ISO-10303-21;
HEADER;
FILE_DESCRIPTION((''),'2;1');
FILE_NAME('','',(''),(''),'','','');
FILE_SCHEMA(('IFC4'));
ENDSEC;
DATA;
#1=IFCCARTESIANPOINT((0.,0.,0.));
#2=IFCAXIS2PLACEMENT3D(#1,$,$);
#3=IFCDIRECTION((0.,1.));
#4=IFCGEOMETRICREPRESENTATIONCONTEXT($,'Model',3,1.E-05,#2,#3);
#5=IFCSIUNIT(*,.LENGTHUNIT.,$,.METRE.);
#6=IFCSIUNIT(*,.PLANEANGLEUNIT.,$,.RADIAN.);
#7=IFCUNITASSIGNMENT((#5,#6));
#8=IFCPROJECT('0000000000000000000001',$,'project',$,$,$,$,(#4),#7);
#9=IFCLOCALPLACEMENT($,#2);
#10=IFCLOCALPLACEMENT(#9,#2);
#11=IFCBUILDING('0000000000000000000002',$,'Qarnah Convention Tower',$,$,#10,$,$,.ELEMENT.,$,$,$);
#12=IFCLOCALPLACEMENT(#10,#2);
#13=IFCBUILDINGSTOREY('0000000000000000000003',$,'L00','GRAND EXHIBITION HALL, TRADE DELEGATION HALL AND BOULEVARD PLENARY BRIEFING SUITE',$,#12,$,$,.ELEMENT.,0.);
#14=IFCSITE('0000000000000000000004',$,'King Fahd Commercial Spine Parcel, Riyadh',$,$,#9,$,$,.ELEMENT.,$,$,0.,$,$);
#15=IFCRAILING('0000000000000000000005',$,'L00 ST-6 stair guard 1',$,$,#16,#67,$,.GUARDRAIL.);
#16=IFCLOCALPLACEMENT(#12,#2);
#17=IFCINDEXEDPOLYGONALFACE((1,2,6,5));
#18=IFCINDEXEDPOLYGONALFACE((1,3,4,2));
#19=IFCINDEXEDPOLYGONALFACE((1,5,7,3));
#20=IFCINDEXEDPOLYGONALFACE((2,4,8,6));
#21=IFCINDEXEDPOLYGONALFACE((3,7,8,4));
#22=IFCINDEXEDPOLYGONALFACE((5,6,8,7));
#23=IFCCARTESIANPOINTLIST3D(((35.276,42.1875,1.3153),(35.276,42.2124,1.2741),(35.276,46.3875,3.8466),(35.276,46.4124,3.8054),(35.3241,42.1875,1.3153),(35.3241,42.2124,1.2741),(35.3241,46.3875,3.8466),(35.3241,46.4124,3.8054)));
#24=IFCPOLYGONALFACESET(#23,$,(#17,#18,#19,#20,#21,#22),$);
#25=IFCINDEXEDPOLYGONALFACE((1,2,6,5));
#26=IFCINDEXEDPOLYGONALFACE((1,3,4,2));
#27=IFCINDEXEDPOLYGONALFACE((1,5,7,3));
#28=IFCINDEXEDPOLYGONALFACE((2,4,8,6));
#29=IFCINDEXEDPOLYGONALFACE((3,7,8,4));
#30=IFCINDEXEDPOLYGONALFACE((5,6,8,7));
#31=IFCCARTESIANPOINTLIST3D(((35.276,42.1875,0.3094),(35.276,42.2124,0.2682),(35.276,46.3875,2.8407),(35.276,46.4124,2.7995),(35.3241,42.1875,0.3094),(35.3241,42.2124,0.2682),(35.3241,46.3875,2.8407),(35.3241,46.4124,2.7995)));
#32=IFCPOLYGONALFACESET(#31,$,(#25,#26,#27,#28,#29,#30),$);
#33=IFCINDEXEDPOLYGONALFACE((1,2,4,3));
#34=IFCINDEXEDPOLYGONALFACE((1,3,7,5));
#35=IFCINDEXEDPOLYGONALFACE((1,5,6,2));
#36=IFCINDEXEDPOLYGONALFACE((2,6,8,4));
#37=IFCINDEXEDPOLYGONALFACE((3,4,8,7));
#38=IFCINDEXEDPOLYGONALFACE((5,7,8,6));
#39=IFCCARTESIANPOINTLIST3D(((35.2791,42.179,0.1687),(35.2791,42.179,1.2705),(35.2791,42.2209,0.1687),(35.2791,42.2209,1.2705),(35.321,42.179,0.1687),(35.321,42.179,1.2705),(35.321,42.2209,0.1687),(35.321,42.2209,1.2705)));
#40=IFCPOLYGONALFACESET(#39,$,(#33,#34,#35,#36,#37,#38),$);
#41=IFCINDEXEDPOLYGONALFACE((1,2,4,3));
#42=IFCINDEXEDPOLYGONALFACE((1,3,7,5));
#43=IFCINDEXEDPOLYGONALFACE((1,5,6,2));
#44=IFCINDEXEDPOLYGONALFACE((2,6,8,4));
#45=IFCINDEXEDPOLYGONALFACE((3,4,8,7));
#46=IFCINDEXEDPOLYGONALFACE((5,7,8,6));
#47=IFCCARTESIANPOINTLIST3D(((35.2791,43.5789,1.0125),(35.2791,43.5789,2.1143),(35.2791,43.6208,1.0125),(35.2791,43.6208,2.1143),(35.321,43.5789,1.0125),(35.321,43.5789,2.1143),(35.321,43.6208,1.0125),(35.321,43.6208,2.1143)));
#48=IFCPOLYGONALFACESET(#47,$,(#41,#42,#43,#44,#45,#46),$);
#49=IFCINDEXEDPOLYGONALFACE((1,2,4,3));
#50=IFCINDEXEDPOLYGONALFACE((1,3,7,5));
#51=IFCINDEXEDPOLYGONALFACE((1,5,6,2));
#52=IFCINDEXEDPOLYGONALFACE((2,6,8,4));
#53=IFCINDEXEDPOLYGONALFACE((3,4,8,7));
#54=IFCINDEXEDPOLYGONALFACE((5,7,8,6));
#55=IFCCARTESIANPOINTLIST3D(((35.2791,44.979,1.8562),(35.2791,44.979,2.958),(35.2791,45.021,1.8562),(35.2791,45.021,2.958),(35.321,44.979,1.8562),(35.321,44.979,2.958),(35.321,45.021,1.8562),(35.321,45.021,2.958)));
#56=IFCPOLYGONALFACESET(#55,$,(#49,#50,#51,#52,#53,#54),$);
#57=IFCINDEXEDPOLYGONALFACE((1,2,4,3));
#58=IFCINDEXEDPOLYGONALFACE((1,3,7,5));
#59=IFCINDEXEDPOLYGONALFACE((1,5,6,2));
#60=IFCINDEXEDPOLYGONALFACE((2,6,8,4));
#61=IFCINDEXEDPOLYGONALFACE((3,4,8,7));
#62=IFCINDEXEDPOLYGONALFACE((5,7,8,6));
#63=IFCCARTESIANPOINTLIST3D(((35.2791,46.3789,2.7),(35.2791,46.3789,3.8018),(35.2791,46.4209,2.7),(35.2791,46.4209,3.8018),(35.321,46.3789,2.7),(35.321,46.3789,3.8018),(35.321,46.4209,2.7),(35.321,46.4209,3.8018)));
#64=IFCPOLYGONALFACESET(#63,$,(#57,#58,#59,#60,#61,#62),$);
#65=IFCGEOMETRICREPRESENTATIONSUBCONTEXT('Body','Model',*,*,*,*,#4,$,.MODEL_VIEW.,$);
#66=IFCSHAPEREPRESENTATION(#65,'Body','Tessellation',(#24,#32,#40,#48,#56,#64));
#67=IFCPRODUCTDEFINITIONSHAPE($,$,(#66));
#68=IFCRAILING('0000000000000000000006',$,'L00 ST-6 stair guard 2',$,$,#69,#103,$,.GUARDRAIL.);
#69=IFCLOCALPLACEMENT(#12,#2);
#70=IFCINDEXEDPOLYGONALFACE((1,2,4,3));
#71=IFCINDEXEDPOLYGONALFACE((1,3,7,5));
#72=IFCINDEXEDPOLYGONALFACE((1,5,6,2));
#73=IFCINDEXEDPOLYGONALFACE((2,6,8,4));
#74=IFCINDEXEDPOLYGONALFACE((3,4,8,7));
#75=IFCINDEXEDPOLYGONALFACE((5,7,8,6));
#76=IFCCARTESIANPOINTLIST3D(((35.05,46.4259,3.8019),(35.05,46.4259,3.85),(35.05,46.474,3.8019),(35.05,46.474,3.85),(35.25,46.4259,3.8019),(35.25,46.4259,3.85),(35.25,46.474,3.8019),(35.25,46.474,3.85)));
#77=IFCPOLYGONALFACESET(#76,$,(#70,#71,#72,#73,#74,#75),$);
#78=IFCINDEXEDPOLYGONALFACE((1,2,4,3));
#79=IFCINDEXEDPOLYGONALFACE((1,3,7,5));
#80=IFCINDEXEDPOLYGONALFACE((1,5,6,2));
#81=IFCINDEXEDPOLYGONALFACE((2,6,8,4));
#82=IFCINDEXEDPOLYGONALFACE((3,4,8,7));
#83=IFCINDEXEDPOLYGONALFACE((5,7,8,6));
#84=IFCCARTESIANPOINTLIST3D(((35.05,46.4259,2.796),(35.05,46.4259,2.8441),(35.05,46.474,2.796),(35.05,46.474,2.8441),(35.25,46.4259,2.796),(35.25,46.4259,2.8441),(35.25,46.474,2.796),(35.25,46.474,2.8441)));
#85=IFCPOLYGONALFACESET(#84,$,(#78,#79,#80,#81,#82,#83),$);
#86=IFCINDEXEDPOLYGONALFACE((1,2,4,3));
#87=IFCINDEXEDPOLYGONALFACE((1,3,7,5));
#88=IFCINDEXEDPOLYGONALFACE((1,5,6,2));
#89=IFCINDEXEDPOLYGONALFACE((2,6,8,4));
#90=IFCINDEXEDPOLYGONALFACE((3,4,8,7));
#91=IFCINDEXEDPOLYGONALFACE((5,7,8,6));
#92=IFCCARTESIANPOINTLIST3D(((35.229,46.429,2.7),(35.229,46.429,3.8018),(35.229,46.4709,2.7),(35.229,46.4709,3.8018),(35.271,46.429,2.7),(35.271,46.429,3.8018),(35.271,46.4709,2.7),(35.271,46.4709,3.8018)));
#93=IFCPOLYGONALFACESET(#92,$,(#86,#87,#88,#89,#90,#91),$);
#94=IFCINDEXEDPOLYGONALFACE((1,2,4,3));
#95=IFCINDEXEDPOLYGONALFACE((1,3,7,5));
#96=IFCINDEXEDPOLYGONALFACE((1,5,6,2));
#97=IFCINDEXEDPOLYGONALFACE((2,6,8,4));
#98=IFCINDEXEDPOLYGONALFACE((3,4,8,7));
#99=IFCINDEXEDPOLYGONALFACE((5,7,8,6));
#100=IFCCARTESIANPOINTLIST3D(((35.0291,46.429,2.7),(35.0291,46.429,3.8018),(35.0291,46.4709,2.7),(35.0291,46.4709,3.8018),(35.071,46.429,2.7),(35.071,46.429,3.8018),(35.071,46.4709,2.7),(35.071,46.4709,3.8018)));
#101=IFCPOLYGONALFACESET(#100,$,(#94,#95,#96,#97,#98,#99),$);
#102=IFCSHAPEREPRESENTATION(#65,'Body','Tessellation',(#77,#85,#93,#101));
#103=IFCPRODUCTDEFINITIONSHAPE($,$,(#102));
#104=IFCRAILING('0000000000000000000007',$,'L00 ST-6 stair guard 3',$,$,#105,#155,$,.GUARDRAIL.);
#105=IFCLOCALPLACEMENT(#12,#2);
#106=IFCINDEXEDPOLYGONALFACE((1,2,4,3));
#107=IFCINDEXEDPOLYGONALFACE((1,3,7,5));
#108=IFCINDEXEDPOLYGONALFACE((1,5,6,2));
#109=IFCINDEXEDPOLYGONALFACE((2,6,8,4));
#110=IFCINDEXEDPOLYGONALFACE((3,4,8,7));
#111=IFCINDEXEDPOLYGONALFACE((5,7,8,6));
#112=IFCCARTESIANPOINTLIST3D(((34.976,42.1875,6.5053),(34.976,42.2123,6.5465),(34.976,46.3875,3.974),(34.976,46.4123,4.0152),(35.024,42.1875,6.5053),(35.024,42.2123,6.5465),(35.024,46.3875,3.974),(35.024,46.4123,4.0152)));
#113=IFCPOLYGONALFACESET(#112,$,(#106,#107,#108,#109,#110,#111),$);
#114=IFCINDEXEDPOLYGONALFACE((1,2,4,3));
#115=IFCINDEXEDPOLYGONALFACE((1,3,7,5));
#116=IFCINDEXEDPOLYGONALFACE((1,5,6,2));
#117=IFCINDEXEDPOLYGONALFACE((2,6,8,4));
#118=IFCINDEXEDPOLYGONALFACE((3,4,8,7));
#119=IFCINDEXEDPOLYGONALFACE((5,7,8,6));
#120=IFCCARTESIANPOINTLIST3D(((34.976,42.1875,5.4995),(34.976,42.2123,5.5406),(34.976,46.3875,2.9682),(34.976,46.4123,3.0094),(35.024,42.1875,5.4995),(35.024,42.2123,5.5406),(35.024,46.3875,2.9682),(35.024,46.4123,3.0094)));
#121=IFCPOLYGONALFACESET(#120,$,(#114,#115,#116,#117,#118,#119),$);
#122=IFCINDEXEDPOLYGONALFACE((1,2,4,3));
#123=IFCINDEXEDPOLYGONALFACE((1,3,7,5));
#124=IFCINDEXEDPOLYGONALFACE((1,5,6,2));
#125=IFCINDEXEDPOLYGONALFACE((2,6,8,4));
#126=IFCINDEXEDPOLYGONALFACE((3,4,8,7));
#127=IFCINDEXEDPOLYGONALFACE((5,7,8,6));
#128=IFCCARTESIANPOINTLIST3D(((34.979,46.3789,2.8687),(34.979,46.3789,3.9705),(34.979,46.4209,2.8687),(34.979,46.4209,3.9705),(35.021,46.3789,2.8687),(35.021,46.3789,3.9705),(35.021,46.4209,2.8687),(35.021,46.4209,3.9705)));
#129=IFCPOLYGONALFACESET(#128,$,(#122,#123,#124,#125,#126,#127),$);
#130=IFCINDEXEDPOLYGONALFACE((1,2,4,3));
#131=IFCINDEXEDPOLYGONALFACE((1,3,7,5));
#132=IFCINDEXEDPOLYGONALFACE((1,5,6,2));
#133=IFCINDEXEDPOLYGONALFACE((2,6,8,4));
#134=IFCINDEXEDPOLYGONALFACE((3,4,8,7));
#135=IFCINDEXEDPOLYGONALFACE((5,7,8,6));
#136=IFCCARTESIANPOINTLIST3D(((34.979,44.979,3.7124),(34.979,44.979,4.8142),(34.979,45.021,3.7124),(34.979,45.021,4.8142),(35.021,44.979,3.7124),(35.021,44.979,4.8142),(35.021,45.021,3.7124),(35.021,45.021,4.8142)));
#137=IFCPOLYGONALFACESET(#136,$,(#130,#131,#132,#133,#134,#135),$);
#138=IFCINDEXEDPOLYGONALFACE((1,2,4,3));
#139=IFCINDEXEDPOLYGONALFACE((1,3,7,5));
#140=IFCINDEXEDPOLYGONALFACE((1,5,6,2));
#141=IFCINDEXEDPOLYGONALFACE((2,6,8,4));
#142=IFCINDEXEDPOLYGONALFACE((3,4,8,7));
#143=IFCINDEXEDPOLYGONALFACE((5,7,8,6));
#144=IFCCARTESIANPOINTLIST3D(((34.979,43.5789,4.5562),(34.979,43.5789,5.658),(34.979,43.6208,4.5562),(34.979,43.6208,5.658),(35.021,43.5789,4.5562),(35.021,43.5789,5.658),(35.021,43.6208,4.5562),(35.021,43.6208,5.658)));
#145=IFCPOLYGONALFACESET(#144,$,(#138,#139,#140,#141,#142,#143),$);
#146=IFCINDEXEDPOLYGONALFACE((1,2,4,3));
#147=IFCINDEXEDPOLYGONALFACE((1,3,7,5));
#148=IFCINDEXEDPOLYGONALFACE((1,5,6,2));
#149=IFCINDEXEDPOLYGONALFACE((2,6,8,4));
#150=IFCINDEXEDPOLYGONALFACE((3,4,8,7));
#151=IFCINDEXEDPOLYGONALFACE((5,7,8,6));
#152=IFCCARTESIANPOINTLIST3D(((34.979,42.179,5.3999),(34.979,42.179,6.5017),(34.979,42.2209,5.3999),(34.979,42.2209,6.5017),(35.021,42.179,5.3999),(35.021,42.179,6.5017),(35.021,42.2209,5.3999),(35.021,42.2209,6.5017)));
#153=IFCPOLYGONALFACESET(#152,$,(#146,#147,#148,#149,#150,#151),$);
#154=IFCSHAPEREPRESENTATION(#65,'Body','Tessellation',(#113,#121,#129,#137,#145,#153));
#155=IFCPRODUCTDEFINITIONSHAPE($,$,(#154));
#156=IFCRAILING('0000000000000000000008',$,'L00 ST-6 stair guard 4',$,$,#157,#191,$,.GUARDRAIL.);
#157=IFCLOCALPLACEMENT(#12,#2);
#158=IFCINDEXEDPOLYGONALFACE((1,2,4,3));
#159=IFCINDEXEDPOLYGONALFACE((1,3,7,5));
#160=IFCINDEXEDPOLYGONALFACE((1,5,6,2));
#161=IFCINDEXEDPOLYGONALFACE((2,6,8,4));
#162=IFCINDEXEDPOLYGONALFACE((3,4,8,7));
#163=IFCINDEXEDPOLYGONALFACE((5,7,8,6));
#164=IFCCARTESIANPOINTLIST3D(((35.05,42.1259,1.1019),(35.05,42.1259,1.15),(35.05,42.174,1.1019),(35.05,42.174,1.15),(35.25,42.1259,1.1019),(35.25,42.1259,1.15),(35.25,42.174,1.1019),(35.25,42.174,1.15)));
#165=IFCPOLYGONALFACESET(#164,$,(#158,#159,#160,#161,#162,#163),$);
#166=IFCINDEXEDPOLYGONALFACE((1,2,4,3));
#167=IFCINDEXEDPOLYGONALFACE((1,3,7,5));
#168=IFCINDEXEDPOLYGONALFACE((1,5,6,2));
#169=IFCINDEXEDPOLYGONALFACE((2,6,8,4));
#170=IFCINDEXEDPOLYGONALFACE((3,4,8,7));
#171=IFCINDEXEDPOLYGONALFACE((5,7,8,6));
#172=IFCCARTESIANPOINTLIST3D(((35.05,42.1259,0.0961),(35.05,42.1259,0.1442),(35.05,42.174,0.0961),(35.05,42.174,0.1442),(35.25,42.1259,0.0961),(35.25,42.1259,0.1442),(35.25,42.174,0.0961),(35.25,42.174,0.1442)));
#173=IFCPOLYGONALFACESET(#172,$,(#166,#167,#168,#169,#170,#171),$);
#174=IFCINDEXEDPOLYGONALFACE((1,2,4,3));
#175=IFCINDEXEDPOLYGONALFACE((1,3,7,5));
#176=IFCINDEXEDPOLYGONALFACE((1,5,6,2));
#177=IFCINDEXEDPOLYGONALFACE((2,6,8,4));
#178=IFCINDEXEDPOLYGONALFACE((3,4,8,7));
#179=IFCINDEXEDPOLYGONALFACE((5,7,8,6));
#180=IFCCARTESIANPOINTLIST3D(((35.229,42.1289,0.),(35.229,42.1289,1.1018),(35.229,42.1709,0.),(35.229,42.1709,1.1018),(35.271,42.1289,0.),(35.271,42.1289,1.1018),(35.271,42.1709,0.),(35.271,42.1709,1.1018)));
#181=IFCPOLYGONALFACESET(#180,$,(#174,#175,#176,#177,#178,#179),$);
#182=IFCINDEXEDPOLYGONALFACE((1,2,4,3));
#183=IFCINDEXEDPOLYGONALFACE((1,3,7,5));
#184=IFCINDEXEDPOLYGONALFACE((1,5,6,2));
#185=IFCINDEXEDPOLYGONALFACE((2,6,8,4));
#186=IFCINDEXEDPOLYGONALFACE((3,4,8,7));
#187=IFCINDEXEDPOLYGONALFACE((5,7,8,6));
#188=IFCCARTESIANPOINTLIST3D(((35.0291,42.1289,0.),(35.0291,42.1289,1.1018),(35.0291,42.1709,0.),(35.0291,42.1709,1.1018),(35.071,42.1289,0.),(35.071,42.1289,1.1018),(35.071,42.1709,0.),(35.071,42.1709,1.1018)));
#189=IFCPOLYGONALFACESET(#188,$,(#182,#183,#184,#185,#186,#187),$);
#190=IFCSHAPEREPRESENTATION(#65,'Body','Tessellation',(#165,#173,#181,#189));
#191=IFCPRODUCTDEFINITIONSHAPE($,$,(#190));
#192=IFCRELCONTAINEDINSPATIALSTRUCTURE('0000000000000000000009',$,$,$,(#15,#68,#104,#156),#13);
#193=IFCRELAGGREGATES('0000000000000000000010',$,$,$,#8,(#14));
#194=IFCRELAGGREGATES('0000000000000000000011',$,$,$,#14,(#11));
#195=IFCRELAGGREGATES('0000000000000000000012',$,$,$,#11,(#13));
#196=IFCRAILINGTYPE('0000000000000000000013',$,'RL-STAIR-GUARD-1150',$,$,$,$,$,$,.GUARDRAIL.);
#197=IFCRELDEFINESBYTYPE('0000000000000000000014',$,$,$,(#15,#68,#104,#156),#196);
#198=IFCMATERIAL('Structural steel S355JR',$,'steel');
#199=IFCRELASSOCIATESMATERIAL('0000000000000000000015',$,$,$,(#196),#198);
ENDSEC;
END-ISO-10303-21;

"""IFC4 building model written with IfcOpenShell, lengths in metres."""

from ifc_helpers import new_model, si_unit, direction, frame, origin, origin_2d, place, context, subcontext, project, spatial, rectangle, extrude, material, type_object, element, save


model = new_model("IFC4")

# Units and contexts
model_context = context("Model", 3, precision=1e-05, world=origin(), true_north=direction((0.0, 1.0)))
body_context = subcontext(model_context, "Body", "Model", "MODEL_VIEW")
ifc_project = project(units=[si_unit("LENGTHUNIT", "METRE"), si_unit("PLANEANGLEUNIT", "RADIAN")], contexts=[model_context])

# Site, building, storey
site_placement = place(None, origin())
site = spatial("IfcSite", under=ifc_project, at=site_placement, Name="King Fahd Commercial Spine Parcel, Riyadh", CompositionType="ELEMENT", RefElevation=0.0)
building_placement = place(site_placement, origin())
building = spatial("IfcBuilding", under=site, at=building_placement, Name="Qarnah Convention Tower", CompositionType="ELEMENT")
storey_placement = place(building_placement, origin())
storey = spatial("IfcBuildingStorey", under=building, at=storey_placement, Name="L00", Description="GRAND EXHIBITION HALL, TRADE DELEGATION HALL AND BOULEVARD PLENARY BRIEFING SUITE", CompositionType="ELEMENT", Elevation=0.0)

# Shared definitions
ifc_material_1 = material(Name="Structural steel S355JR", Category="steel")

# Railings
railing_type_1 = type_object("IfcRailingType", Name="RL-STAIR-GUARD-1150", PredefinedType="GUARDRAIL", material=ifc_material_1)
railing_1_placement = place(storey_placement, frame((35.3, 42.2, 0.1687)))
element("IfcRailing", 1, at=railing_1_placement, inside=storey, type_object=railing_type_1, Name="L00 ST-6 stair guard 1", PredefinedType="GUARDRAIL", context=body_context, shape_type="SweptSolid", body=[
    extrude(rectangle(XDim=0.0481, YDim=0.0481, at=origin_2d()), frame((0.0, 0.0, 1.126), z_axis=(0.0, 0.856476, 0.516186), x_axis=(-1.0, 0.0, 0.0)), (0.0, 0.0, 1.0), 4.9038),
    extrude(rectangle(XDim=0.0481, YDim=0.0481, at=origin_2d()), frame((0.0, 0.0, 0.1201), z_axis=(0.0, 0.856476, 0.516186), x_axis=(-1.0, 0.0, 0.0)), (0.0, 0.0, 1.0), 4.9038),
    extrude(rectangle(XDim=0.042, YDim=0.042, at=origin_2d()), origin(), (0.0, 0.0, 1.0), 1.1018),
    extrude(rectangle(XDim=0.042, YDim=0.042, at=origin_2d()), frame((0.0, 1.3999, 0.8438)), (0.0, 0.0, 1.0), 1.1018),
    extrude(rectangle(XDim=0.042, YDim=0.042, at=origin_2d()), frame((0.0, 2.8, 1.6875)), (0.0, 0.0, 1.0), 1.1018),
    extrude(rectangle(XDim=0.042, YDim=0.042, at=origin_2d()), frame((0.0, 4.2, 2.5312)), (0.0, 0.0, 1.0), 1.1018),
])
railing_2_placement = place(storey_placement, frame((35.25, 46.45, 2.7)))
element("IfcRailing", 2, at=railing_2_placement, inside=storey, type_object=railing_type_1, Name="L00 ST-6 stair guard 2", PredefinedType="GUARDRAIL", context=body_context, shape_type="SweptSolid", body=[
    extrude(rectangle(XDim=0.0481, YDim=0.0481, at=origin_2d()), frame((0.0, 0.0, 1.126), z_axis=(-1.0, 0.0, 0.0), x_axis=(0.0, -1.0, 0.0)), (0.0, 0.0, 1.0), 0.2),
    extrude(rectangle(XDim=0.0481, YDim=0.0481, at=origin_2d()), frame((0.0, 0.0, 0.1201), z_axis=(-1.0, 0.0, 0.0), x_axis=(0.0, -1.0, 0.0)), (0.0, 0.0, 1.0), 0.2),
    extrude(rectangle(XDim=0.042, YDim=0.042, at=origin_2d()), origin(), (0.0, 0.0, 1.0), 1.1018),
    extrude(rectangle(XDim=0.042, YDim=0.042, at=origin_2d()), frame((-0.2, 0.0, 0.0)), (0.0, 0.0, 1.0), 1.1018),
])
railing_3_placement = place(storey_placement, frame((35.0, 46.3999, 2.8687)))
element("IfcRailing", 3, at=railing_3_placement, inside=storey, type_object=railing_type_1, Name="L00 ST-6 stair guard 3", PredefinedType="GUARDRAIL", context=body_context, shape_type="SweptSolid", body=[
    extrude(rectangle(XDim=0.0481, YDim=0.0481, at=origin_2d()), frame((0.0, 0.0, 1.126), z_axis=(0.0, -0.856476, 0.516186), x_axis=(1.0, 0.0, 0.0)), (0.0, 0.0, 1.0), 4.9038),
    extrude(rectangle(XDim=0.0481, YDim=0.0481, at=origin_2d()), frame((0.0, 0.0, 0.1201), z_axis=(0.0, -0.856476, 0.516186), x_axis=(1.0, 0.0, 0.0)), (0.0, 0.0, 1.0), 4.9038),
    extrude(rectangle(XDim=0.042, YDim=0.042, at=origin_2d()), origin(), (0.0, 0.0, 1.0), 1.1018),
    extrude(rectangle(XDim=0.042, YDim=0.042, at=origin_2d()), frame((0.0, -1.3999, 0.8438)), (0.0, 0.0, 1.0), 1.1018),
    extrude(rectangle(XDim=0.042, YDim=0.042, at=origin_2d()), frame((0.0, -2.8, 1.6875)), (0.0, 0.0, 1.0), 1.1018),
    extrude(rectangle(XDim=0.042, YDim=0.042, at=origin_2d()), frame((0.0, -4.2, 2.5312)), (0.0, 0.0, 1.0), 1.1018),
])
railing_4_placement = place(storey_placement, frame((35.25, 42.1499, 0.0)))
element("IfcRailing", 4, at=railing_4_placement, inside=storey, type_object=railing_type_1, Name="L00 ST-6 stair guard 4", PredefinedType="GUARDRAIL", context=body_context, shape_type="SweptSolid", body=[
    extrude(rectangle(XDim=0.0481, YDim=0.0481, at=origin_2d()), frame((0.0, 0.0, 1.126), z_axis=(-1.0, 0.0, 0.0), x_axis=(0.0, -1.0, 0.0)), (0.0, 0.0, 1.0), 0.2),
    extrude(rectangle(XDim=0.0481, YDim=0.0481, at=origin_2d()), frame((0.0, 0.0, 0.1201), z_axis=(-1.0, 0.0, 0.0), x_axis=(0.0, -1.0, 0.0)), (0.0, 0.0, 1.0), 0.2),
    extrude(rectangle(XDim=0.042, YDim=0.042, at=origin_2d()), origin(), (0.0, 0.0, 1.0), 1.1018),
    extrude(rectangle(XDim=0.042, YDim=0.042, at=origin_2d()), frame((-0.2, 0.0, 0.0)), (0.0, 0.0, 1.0), 1.1018),
])

save(model, "model.ifc")
